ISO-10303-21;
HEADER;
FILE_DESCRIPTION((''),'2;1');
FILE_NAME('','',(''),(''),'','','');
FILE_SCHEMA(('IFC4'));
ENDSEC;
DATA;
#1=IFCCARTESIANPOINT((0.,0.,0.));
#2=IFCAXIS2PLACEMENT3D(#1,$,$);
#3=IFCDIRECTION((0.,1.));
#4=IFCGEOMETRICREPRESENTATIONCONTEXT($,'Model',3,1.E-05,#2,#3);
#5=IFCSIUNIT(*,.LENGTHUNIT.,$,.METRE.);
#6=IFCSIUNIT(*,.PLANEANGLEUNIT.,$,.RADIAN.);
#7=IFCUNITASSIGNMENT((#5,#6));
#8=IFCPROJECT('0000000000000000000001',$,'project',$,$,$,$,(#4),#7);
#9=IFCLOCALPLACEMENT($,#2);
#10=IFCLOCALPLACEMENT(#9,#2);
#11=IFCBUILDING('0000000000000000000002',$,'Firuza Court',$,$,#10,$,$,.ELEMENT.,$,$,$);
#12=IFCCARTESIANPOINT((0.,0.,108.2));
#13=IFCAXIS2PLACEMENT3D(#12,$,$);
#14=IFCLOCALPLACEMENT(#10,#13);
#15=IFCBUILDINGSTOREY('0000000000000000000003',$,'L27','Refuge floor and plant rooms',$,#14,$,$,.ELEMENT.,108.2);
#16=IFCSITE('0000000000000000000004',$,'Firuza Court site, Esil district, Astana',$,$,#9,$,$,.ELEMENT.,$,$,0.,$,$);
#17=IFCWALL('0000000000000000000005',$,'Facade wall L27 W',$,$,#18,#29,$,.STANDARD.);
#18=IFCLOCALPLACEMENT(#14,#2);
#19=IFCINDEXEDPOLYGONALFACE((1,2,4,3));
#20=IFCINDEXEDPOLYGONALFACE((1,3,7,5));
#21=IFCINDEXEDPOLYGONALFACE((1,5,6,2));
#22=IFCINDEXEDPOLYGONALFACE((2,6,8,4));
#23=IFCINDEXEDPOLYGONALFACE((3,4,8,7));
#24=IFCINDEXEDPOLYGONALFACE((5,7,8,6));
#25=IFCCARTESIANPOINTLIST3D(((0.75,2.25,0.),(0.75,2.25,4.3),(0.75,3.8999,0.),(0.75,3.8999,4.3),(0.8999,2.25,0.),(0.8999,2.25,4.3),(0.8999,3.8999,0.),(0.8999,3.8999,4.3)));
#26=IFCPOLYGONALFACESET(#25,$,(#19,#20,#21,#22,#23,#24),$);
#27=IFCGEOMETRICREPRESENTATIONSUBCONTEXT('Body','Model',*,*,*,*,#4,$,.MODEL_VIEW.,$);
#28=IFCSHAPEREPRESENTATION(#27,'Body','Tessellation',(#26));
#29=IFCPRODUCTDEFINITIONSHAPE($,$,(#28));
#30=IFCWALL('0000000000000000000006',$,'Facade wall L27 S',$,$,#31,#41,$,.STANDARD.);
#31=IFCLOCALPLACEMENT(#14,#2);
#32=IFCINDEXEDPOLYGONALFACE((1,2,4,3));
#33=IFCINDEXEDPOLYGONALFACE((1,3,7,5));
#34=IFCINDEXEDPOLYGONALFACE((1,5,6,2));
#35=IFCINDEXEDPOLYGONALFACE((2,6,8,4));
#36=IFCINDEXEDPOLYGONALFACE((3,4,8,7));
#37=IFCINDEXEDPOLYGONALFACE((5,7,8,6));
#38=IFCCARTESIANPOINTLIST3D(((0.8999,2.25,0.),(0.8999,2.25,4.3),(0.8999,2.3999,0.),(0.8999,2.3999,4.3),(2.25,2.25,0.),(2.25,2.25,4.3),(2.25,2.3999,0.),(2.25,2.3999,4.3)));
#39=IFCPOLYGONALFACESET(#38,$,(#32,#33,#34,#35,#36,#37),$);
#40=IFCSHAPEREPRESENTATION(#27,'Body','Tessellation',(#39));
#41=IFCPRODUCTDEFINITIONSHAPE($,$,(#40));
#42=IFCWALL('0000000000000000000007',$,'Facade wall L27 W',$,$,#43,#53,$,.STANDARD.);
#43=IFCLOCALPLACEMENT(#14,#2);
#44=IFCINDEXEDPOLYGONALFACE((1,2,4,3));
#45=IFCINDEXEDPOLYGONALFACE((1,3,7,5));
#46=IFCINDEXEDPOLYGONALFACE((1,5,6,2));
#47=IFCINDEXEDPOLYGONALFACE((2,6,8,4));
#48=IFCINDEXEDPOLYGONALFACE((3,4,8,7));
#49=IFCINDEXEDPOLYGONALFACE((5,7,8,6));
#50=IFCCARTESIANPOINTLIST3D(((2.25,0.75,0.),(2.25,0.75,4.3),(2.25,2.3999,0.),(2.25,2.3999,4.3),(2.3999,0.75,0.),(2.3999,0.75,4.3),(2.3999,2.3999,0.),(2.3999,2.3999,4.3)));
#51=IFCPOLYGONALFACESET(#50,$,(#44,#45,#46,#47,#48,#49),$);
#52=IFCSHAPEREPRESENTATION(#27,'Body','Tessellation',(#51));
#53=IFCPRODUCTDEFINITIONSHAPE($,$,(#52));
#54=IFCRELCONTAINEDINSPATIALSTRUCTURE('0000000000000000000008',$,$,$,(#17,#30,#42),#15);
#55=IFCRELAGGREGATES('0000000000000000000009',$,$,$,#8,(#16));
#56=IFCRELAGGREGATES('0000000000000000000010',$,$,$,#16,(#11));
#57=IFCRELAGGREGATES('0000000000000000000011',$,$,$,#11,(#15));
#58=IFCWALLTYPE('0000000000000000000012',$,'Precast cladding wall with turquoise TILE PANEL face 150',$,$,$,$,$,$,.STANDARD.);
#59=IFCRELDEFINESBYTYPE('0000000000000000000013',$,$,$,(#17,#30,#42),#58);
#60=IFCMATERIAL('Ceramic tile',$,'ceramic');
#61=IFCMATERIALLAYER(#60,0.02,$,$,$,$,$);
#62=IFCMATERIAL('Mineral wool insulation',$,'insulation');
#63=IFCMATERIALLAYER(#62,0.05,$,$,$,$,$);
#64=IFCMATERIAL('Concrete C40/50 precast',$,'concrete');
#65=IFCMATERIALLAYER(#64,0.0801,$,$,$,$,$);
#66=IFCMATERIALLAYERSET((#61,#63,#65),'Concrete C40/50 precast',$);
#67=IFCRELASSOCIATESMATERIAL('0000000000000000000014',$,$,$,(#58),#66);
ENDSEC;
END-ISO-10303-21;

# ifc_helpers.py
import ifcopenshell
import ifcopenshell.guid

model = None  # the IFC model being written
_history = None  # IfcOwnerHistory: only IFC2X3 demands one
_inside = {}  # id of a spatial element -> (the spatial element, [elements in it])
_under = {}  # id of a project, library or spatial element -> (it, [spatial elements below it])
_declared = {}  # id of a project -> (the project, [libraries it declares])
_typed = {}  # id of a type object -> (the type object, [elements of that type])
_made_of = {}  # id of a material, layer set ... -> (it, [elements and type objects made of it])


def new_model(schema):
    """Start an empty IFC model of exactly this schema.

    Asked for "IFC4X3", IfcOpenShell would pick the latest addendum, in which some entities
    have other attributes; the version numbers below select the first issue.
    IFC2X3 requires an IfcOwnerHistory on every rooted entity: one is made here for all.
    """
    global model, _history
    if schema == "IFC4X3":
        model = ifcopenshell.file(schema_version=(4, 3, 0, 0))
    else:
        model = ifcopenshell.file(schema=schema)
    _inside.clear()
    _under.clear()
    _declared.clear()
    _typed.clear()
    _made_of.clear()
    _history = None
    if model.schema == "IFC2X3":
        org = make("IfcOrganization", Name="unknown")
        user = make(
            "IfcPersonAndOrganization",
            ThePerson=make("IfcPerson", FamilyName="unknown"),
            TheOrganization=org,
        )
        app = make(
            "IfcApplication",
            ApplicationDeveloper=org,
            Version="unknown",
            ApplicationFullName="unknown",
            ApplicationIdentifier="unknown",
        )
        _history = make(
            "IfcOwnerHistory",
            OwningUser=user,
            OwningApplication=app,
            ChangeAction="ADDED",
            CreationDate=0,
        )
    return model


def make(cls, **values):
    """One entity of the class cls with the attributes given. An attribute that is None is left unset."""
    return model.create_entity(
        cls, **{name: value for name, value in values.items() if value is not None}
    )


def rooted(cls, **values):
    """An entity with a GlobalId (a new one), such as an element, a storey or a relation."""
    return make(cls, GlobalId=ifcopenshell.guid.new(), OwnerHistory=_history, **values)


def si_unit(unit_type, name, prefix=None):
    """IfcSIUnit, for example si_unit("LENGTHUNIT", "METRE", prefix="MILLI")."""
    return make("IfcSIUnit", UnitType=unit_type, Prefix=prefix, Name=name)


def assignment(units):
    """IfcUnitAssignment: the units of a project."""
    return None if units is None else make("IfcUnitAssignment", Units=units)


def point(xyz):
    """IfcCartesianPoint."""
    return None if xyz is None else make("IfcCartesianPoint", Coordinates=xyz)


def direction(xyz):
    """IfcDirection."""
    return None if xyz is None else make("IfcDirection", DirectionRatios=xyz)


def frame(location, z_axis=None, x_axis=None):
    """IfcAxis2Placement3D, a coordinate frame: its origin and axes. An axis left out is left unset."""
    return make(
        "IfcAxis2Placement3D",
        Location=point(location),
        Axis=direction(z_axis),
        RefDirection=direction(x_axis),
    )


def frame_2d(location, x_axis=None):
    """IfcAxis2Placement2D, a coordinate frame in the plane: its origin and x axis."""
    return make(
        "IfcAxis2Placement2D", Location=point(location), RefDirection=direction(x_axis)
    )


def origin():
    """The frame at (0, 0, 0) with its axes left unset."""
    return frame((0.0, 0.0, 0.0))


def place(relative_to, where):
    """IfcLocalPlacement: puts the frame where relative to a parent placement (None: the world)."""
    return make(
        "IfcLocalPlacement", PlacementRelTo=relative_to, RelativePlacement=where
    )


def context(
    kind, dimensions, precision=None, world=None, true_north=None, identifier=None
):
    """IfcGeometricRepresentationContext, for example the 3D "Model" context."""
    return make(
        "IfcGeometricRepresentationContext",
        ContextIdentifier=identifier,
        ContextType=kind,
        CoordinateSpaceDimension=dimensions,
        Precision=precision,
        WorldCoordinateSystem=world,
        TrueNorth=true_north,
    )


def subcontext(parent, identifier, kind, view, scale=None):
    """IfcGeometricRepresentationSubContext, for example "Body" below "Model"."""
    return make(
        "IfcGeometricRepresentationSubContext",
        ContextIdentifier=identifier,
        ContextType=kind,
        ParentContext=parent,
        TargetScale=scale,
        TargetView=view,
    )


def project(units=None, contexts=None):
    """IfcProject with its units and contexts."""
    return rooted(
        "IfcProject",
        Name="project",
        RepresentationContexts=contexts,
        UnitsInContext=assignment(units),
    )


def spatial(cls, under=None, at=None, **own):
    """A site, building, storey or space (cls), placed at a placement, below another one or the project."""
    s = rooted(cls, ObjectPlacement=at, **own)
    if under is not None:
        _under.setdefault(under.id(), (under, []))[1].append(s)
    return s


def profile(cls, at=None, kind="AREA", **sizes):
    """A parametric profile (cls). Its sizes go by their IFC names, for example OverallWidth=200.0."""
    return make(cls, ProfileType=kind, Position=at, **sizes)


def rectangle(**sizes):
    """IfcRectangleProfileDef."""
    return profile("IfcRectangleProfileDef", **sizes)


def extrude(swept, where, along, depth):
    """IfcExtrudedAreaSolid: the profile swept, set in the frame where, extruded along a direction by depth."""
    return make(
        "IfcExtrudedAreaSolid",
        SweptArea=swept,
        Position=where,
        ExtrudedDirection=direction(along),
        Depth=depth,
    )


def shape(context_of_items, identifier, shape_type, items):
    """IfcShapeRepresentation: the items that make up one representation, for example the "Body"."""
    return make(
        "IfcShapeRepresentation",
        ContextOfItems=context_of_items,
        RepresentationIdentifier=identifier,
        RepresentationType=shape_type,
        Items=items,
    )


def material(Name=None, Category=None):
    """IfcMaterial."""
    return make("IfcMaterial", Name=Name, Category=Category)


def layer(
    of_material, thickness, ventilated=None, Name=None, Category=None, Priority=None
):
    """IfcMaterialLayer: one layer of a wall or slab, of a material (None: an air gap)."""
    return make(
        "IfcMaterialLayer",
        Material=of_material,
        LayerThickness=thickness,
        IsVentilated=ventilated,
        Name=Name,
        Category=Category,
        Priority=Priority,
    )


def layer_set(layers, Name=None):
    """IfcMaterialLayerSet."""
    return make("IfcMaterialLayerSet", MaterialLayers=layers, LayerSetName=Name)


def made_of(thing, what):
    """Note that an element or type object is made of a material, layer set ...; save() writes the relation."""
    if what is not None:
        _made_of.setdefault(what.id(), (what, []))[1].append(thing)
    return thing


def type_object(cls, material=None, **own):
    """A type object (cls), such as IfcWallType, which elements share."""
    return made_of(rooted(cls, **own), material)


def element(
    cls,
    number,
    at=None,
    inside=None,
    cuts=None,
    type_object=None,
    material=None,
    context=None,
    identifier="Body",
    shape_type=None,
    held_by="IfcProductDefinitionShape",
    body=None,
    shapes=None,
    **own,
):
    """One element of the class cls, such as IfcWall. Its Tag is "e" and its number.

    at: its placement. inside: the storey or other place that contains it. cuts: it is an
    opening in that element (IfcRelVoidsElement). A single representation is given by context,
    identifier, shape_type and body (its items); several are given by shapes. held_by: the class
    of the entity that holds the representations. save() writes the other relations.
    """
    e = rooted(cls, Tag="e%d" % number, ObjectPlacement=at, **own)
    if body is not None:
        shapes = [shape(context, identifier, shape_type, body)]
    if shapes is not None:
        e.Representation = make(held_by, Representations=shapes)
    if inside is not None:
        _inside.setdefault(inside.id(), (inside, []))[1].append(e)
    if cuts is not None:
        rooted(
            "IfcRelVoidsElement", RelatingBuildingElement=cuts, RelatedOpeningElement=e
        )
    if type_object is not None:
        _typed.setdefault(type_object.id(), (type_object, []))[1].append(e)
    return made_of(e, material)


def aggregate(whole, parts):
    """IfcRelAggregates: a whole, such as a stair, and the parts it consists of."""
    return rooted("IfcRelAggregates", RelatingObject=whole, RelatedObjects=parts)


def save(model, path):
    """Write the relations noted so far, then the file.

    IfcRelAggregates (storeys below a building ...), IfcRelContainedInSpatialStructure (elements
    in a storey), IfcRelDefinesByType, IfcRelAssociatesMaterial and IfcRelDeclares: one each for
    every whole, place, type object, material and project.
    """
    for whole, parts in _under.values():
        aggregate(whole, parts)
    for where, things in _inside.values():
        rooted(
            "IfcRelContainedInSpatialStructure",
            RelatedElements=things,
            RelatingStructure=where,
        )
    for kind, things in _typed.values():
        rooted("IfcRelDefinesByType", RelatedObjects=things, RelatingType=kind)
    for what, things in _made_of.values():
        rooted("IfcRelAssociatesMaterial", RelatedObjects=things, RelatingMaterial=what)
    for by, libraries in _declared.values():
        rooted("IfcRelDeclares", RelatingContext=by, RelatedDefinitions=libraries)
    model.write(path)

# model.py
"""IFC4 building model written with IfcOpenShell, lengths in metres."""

from ifc_helpers import new_model, si_unit, direction, frame, frame_2d, origin, place, context, subcontext, project, spatial, rectangle, extrude, material, layer, layer_set, type_object, element, save


model = new_model("IFC4")

# Units and contexts
model_context = context("Model", 3, precision=1e-05, world=origin(), true_north=direction((0.0, 1.0)))
body_context = subcontext(model_context, "Body", "Model", "MODEL_VIEW")
ifc_project = project(units=[si_unit("LENGTHUNIT", "METRE"), si_unit("PLANEANGLEUNIT", "RADIAN")], contexts=[model_context])

# Site, building, storey
site_placement = place(None, origin())
site = spatial("IfcSite", under=ifc_project, at=site_placement, Name="Firuza Court site, Esil district, Astana", CompositionType="ELEMENT", RefElevation=0.0)
building_placement = place(site_placement, origin())
building = spatial("IfcBuilding", under=site, at=building_placement, Name="Firuza Court", CompositionType="ELEMENT")
storey_placement = place(building_placement, frame((0.0, 0.0, 108.2)))
storey = spatial("IfcBuildingStorey", under=building, at=storey_placement, Name="L27", Description="Refuge floor and plant rooms", CompositionType="ELEMENT", Elevation=108.2)

# Shared definitions
ifc_material_1 = material(Name="Concrete C40/50 precast", Category="concrete")

# Walls
ifc_material_2 = material(Name="Ceramic tile", Category="ceramic")
ifc_layer_1 = layer(ifc_material_2, 0.02)
ifc_material_3 = material(Name="Mineral wool insulation", Category="insulation")
ifc_layer_2 = layer(ifc_material_3, 0.05)
ifc_layer_3 = layer(ifc_material_1, 0.0801)
ifc_layer_set_1 = layer_set([ifc_layer_1, ifc_layer_2, ifc_layer_3], Name="Concrete C40/50 precast")
wall_type = type_object("IfcWallType", Name="Precast cladding wall with turquoise TILE PANEL face 150", PredefinedType="STANDARD", material=ifc_layer_set_1)
wall_1_placement = place(storey_placement, frame((0.825, 3.8999, 0.0), z_axis=(0.0, 0.0, 1.0), x_axis=(0.0, -1.0, 0.0)))
element("IfcWall", 1, at=wall_1_placement, inside=storey, type_object=wall_type, Name="Facade wall L27 W", PredefinedType="STANDARD", context=body_context, shape_type="SweptSolid", body=[
    extrude(rectangle(XDim=1.6499, YDim=0.1499, at=frame_2d((0.825, 0.0))), origin(), (0.0, 0.0, 1.0), 4.3),
])
wall_2_placement = place(storey_placement, frame((0.8999, 2.325, 0.0), z_axis=(0.0, 0.0, 1.0), x_axis=(1.0, 0.0, 0.0)))
element("IfcWall", 2, at=wall_2_placement, inside=storey, type_object=wall_type, Name="Facade wall L27 S", PredefinedType="STANDARD", context=body_context, shape_type="SweptSolid", body=[
    extrude(rectangle(XDim=1.3501, YDim=0.1499, at=frame_2d((0.675, 0.0))), origin(), (0.0, 0.0, 1.0), 4.3),
])
wall_3_placement = place(storey_placement, frame((2.325, 2.3999, 0.0), z_axis=(0.0, 0.0, 1.0), x_axis=(0.0, -1.0, 0.0)))
element("IfcWall", 3, at=wall_3_placement, inside=storey, type_object=wall_type, Name="Facade wall L27 W", PredefinedType="STANDARD", context=body_context, shape_type="SweptSolid", body=[
    extrude(rectangle(XDim=1.6499, YDim=0.1499, at=frame_2d((0.825, 0.0))), origin(), (0.0, 0.0, 1.0), 4.3),
])

save(model, "model.ifc")
